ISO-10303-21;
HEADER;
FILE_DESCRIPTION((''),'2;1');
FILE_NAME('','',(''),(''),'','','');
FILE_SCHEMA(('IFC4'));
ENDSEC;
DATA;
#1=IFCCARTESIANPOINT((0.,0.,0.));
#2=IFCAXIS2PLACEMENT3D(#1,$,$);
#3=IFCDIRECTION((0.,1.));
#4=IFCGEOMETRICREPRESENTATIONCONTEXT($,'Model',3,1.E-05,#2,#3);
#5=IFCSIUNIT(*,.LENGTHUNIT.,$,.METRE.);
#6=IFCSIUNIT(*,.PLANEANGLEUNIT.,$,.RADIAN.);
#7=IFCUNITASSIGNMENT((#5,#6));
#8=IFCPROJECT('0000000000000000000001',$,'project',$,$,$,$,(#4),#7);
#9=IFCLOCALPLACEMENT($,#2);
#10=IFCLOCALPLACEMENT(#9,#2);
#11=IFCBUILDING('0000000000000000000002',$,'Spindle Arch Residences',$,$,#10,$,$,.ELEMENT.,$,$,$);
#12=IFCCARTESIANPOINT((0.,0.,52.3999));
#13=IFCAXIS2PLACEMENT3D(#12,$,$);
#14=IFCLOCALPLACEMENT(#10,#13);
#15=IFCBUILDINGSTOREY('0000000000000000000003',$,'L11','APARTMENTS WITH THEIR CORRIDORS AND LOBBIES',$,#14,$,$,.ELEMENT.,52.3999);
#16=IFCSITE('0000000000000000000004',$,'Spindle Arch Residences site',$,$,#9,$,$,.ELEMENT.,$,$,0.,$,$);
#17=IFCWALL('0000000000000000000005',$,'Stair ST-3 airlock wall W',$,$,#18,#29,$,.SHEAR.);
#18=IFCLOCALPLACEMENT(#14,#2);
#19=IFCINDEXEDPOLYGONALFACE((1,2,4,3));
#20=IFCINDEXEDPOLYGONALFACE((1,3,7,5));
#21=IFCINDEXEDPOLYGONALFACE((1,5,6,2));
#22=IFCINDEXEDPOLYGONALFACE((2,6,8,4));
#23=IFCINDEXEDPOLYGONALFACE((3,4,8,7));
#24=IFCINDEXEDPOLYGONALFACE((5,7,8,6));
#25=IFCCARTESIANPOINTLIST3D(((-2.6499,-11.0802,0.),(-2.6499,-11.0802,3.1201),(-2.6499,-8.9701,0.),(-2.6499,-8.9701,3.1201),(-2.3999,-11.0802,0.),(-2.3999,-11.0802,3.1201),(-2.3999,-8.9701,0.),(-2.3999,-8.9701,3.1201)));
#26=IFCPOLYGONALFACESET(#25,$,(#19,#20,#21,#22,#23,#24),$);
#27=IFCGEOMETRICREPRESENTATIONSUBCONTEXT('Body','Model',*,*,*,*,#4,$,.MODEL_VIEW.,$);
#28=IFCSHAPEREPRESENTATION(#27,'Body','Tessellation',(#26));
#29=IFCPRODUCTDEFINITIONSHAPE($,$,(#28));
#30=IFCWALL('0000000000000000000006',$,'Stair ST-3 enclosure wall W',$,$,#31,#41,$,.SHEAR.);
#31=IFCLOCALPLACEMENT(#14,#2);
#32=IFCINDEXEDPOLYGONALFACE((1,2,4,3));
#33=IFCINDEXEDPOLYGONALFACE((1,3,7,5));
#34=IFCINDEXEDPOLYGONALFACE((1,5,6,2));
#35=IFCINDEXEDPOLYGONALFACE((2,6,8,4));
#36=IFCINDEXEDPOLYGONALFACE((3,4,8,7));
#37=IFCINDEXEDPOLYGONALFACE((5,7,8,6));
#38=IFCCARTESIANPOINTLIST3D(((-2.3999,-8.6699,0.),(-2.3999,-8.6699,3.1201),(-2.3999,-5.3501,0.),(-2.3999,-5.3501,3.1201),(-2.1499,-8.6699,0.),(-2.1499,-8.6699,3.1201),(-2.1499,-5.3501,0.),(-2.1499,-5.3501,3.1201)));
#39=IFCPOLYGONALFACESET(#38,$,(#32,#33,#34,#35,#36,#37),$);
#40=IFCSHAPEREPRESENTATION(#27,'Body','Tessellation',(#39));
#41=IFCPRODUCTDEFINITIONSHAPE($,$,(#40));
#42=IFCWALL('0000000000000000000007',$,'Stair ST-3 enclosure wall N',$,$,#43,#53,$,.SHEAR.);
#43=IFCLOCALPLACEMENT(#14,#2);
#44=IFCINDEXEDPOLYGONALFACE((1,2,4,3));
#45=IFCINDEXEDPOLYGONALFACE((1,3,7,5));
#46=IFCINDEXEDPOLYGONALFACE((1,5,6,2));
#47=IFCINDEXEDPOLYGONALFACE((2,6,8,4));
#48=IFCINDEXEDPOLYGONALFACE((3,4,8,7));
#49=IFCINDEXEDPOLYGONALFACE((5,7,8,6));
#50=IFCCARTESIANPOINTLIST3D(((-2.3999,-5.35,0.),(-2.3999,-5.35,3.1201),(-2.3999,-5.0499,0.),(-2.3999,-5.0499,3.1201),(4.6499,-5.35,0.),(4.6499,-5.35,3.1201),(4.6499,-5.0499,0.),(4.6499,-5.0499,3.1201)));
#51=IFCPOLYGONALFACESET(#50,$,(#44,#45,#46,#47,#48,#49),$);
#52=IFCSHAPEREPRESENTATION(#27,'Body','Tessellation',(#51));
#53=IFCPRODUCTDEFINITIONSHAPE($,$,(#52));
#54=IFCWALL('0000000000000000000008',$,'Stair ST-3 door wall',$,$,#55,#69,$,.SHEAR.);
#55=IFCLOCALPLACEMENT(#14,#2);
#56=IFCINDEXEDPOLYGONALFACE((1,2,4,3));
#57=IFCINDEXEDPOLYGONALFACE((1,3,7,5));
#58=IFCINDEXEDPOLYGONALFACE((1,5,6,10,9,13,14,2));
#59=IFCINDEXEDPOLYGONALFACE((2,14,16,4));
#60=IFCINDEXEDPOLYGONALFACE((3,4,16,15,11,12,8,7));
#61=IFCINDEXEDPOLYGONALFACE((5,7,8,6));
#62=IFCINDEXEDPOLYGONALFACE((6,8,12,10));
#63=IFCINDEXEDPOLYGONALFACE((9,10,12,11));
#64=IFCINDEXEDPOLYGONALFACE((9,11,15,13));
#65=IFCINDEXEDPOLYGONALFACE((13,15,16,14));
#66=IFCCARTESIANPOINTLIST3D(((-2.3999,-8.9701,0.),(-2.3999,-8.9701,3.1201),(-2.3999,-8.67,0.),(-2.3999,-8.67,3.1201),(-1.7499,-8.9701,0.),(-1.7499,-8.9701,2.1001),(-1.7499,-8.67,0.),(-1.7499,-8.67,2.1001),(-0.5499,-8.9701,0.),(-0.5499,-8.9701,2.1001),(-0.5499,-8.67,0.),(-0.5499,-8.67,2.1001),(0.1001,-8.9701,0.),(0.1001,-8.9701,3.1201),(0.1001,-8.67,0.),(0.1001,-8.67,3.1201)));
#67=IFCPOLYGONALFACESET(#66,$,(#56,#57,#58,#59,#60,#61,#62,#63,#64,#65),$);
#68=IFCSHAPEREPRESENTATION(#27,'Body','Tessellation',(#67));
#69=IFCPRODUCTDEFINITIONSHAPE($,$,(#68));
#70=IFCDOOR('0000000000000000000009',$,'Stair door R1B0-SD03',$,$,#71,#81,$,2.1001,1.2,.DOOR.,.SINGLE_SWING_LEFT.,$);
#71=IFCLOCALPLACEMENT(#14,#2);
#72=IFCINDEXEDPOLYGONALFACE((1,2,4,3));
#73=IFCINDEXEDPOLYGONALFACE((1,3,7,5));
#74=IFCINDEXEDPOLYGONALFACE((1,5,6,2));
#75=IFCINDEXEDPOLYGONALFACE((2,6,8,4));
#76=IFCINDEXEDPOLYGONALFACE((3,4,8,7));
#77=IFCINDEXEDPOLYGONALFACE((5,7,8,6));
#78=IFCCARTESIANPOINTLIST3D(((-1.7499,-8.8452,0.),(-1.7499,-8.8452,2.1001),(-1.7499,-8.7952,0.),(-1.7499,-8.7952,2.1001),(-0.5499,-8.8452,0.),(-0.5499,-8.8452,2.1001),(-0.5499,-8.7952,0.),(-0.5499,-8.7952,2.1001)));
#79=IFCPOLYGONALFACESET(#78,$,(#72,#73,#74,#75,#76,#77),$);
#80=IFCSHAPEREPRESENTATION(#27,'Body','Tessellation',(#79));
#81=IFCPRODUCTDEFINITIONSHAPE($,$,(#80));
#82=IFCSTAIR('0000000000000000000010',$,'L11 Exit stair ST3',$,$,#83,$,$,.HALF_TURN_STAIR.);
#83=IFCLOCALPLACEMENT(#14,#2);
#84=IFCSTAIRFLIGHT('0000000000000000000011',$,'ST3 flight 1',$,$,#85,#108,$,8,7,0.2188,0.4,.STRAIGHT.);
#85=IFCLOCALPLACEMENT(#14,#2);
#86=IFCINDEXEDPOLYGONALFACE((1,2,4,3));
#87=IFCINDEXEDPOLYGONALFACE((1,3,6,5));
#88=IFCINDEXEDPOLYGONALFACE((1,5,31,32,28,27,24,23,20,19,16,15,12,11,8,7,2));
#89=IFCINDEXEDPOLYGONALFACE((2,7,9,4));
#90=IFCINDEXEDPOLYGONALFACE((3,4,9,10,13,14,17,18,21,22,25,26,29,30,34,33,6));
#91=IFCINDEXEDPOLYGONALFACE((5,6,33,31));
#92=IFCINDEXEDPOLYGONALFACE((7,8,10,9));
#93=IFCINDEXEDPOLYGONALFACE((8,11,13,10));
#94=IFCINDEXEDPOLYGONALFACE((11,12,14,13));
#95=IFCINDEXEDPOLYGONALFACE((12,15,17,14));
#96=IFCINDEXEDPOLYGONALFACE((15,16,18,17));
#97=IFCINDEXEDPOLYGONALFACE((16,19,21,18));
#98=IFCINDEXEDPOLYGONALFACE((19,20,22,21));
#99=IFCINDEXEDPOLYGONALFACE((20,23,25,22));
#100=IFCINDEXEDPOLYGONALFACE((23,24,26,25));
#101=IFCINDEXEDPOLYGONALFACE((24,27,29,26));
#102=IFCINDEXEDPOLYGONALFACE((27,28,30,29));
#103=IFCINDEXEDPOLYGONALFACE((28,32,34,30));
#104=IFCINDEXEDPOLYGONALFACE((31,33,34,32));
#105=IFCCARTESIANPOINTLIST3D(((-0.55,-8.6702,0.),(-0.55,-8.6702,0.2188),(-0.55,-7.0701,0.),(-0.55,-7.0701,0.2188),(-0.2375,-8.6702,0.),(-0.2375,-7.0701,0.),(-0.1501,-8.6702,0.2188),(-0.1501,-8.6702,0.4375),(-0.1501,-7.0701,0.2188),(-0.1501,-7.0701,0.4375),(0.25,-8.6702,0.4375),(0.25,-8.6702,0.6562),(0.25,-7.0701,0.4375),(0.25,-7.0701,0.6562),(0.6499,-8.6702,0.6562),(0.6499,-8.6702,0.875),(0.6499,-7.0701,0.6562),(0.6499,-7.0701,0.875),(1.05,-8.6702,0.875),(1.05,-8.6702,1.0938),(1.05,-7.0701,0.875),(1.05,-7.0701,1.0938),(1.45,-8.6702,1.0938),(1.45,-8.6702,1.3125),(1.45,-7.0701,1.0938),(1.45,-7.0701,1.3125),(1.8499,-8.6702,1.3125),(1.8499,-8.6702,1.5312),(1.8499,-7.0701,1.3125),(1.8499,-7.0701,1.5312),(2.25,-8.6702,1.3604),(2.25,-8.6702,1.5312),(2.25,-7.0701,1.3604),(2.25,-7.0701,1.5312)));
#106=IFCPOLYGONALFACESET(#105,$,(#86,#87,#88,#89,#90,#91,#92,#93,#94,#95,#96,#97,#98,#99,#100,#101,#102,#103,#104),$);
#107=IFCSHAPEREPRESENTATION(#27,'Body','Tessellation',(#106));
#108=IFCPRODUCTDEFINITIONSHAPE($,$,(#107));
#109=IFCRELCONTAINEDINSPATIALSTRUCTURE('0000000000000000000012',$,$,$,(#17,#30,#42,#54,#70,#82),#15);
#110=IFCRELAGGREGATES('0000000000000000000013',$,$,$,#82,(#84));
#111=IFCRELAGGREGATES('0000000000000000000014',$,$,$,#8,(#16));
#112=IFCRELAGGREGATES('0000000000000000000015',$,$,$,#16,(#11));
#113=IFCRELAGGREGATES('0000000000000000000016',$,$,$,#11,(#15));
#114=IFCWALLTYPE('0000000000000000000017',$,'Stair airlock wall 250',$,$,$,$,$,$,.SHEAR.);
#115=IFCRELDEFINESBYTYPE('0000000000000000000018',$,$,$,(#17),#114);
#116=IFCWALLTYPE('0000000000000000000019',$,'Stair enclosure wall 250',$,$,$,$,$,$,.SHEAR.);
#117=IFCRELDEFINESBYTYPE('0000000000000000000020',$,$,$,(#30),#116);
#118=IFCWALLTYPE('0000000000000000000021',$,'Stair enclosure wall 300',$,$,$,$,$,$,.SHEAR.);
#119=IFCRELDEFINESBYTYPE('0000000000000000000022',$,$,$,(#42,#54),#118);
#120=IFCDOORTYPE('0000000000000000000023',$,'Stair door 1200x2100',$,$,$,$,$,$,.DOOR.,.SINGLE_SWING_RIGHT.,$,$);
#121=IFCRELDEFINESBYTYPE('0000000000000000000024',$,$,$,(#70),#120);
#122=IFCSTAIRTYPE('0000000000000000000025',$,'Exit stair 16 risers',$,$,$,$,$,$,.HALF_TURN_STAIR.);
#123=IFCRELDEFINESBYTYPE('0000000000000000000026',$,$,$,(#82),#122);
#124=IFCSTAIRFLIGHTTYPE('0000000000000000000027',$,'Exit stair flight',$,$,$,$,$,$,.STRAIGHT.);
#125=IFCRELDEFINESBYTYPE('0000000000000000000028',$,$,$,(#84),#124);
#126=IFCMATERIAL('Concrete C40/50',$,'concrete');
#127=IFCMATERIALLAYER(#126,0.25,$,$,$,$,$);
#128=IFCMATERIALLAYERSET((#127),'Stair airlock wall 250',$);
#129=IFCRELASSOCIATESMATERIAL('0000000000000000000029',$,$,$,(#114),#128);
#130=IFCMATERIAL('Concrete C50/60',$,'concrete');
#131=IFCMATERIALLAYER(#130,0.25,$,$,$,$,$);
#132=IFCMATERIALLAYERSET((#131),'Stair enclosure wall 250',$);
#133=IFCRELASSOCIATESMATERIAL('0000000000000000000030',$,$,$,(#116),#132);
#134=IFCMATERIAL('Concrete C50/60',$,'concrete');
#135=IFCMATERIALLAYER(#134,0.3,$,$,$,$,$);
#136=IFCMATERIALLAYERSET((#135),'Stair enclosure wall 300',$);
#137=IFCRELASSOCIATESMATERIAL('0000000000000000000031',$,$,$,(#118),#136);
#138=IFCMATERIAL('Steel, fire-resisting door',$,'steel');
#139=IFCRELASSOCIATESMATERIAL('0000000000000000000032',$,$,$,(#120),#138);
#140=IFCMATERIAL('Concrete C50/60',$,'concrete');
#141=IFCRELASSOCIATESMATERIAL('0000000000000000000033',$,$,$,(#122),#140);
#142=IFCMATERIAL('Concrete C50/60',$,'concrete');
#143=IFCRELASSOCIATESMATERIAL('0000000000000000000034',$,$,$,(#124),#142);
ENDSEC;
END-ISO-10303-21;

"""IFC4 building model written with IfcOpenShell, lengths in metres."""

from ifc_helpers import new_model, si_unit, direction, frame, frame_2d, origin, place, context, subcontext, project, spatial, polyline, rectangle, outline, extrude, material, layer, layer_set, type_object, element, fill, aggregate, save


model = new_model("IFC4")

# Units and contexts
model_context = context("Model", 3, precision=1e-05, world=origin(), true_north=direction((0.0, 1.0)))
body_context = subcontext(model_context, "Body", "Model", "MODEL_VIEW")
ifc_project = project(units=[si_unit("LENGTHUNIT", "METRE"), si_unit("PLANEANGLEUNIT", "RADIAN")], contexts=[model_context])

# Site, building, storey
site_placement = place(None, origin())
site = spatial("IfcSite", under=ifc_project, at=site_placement, Name="Spindle Arch Residences site", CompositionType="ELEMENT", RefElevation=0.0)
building_placement = place(site_placement, origin())
building = spatial("IfcBuilding", under=site, at=building_placement, Name="Spindle Arch Residences", CompositionType="ELEMENT")
storey_placement = place(building_placement, frame((0.0, 0.0, 52.3999)))
storey = spatial("IfcBuildingStorey", under=building, at=storey_placement, Name="L11", Description="APARTMENTS WITH THEIR CORRIDORS AND LOBBIES", CompositionType="ELEMENT", Elevation=52.3999)

# Walls
ifc_material_1 = material(Name="Concrete C40/50", Category="concrete")
ifc_layer_1 = layer(ifc_material_1, 0.25)
ifc_layer_set_1 = layer_set([ifc_layer_1], Name="Stair airlock wall 250")
wall_type_1 = type_object("IfcWallType", Name="Stair airlock wall 250", PredefinedType="SHEAR", material=ifc_layer_set_1)
wall_1_placement = place(storey_placement, frame((-2.5249, -8.97, 0.0), z_axis=(0.0, 0.0, 1.0), x_axis=(0.0, -1.0, 0.0)))
element("IfcWall", 1, at=wall_1_placement, inside=storey, type_object=wall_type_1, Name="Stair ST-3 airlock wall W", PredefinedType="SHEAR", context=body_context, shape_type="SweptSolid", body=[
    extrude(rectangle(XDim=2.1101, YDim=0.25, at=frame_2d((1.0552, 0.0))), origin(), (0.0, 0.0, 1.0), 3.1201),
])
ifc_material_2 = material(Name="Concrete C50/60", Category="concrete")
ifc_layer_2 = layer(ifc_material_2, 0.25)
ifc_layer_set_2 = layer_set([ifc_layer_2], Name="Stair enclosure wall 250")
wall_type_2 = type_object("IfcWallType", Name="Stair enclosure wall 250", PredefinedType="SHEAR", material=ifc_layer_set_2)
wall_2_placement = place(storey_placement, frame((-2.2749, -8.6699, 0.0), z_axis=(0.0, 0.0, 1.0), x_axis=(0.0, 1.0, 0.0)))
element("IfcWall", 2, at=wall_2_placement, inside=storey, type_object=wall_type_2, Name="Stair ST-3 enclosure wall W", PredefinedType="SHEAR", context=body_context, shape_type="SweptSolid", body=[
    extrude(rectangle(XDim=3.3198, YDim=0.25, at=frame_2d((1.6599, 0.0))), origin(), (0.0, 0.0, 1.0), 3.1201),
])
ifc_material_3 = material(Name="Concrete C50/60", Category="concrete")
ifc_layer_3 = layer(ifc_material_3, 0.3)
ifc_layer_set_3 = layer_set([ifc_layer_3], Name="Stair enclosure wall 300")
wall_type_3 = type_object("IfcWallType", Name="Stair enclosure wall 300", PredefinedType="SHEAR", material=ifc_layer_set_3)
wall_3_placement = place(storey_placement, frame((-2.3999, -5.2, 0.0), z_axis=(0.0, 0.0, 1.0), x_axis=(1.0, 0.0, 0.0)))
element("IfcWall", 3, at=wall_3_placement, inside=storey, type_object=wall_type_3, Name="Stair ST-3 enclosure wall N", PredefinedType="SHEAR", context=body_context, shape_type="SweptSolid", body=[
    extrude(rectangle(XDim=7.0498, YDim=0.3, at=frame_2d((3.5249, 0.0))), origin(), (0.0, 0.0, 1.0), 3.1201),
])

# Wall, opening, door
wall_4_placement = place(storey_placement, frame((-2.3999, -8.8201, 0.0), z_axis=(0.0, 0.0, 1.0), x_axis=(1.0, 0.0, 0.0)))
wall_4 = element("IfcWall", 4, at=wall_4_placement, inside=storey, type_object=wall_type_3, Name="Stair ST-3 door wall", PredefinedType="SHEAR", context=body_context, shape_type="SweptSolid", body=[
    extrude(rectangle(XDim=2.5, YDim=0.3, at=frame_2d((1.25, 0.0))), origin(), (0.0, 0.0, 1.0), 3.1201),
])
opening_1_placement = place(wall_4_placement, frame((0.6499, 0.0, 0.0)))
opening_1 = element("IfcOpeningElement", 5, at=opening_1_placement, cuts=wall_4, PredefinedType="OPENING", context=body_context, shape_type="SweptSolid", body=[
    extrude(rectangle(XDim=1.2, YDim=2.1001, at=frame_2d((0.6001, 1.05))), frame((0.0, 0.1602, 0.0), z_axis=(0.0, -1.0, 0.0), x_axis=(1.0, 0.0, 0.0)), (0.0, 0.0, 1.0), 0.3201),
])
ifc_material_4 = material(Name="Steel, fire-resisting door", Category="steel")
door_type_1 = type_object("IfcDoorType", Name="Stair door 1200x2100", OperationType="SINGLE_SWING_RIGHT", PredefinedType="DOOR", material=ifc_material_4)
door_1_placement = place(opening_1_placement, origin())
door_1 = element("IfcDoor", 6, at=door_1_placement, inside=storey, type_object=door_type_1, Name="Stair door R1B0-SD03", OperationType="SINGLE_SWING_LEFT", OverallHeight=2.1001, OverallWidth=1.2, PredefinedType="DOOR", context=body_context, shape_type="SweptSolid", body=[
    extrude(rectangle(XDim=1.2, YDim=2.1001, at=frame_2d((0.6001, 1.05))), frame((0.0, 0.0249, 0.0), z_axis=(0.0, -1.0, 0.0), x_axis=(1.0, 0.0, 0.0)), (0.0, 0.0, 1.0), 0.05),
])
fill(opening_1, door_1)

# Stair, stair flight
ifc_material_5 = material(Name="Concrete C50/60", Category="concrete")
stair_type = type_object("IfcStairType", Name="Exit stair 16 risers", PredefinedType="HALF_TURN_STAIR", material=ifc_material_5)
stair_placement = place(storey_placement, origin())
stair = element("IfcStair", 7, at=stair_placement, inside=storey, type_object=stair_type, Name="L11 Exit stair ST3", PredefinedType="HALF_TURN_STAIR")
ifc_material_6 = material(Name="Concrete C50/60", Category="concrete")
stair_flight_type = type_object("IfcStairFlightType", Name="Exit stair flight", PredefinedType="STRAIGHT", material=ifc_material_6)
stair_flight_placement = place(storey_placement, frame((-0.55, -7.8701, 0.0), z_axis=(0.0, 0.0, 1.0), x_axis=(1.0, 0.0, 0.0)))
stair_flight = element("IfcStairFlight", 8, at=stair_flight_placement, type_object=stair_flight_type, Name="ST3 flight 1", NumberOfRisers=8, NumberOfTreads=7, PredefinedType="STRAIGHT", RiserHeight=0.2188, TreadLength=0.4, context=body_context, shape_type="SweptSolid", body=[
    extrude(outline(polyline([(0.0, 0.0), (0.0, 0.2188), (0.3999, 0.2188), (0.3999, 0.4375), (0.8, 0.4375), (0.8, 0.6562), (1.2, 0.6562), (1.2, 0.875), (1.6001, 0.875), (1.6001, 1.0938), (2.0, 1.0938), (2.0, 1.3125), (2.3999, 1.3125), (2.3999, 1.5312), (2.8, 1.5312), (2.8, 1.75), (2.8, 1.3604), (0.3125, 0.0), (0.0, 0.0)])), frame((0.0, 0.8, 0.0), z_axis=(0.0, -1.0, 0.0), x_axis=(1.0, 0.0, 0.0)), (0.0, 0.0, 1.0), 1.6001),
])
aggregate(stair, [stair_flight])

save(model, "model.ifc")
